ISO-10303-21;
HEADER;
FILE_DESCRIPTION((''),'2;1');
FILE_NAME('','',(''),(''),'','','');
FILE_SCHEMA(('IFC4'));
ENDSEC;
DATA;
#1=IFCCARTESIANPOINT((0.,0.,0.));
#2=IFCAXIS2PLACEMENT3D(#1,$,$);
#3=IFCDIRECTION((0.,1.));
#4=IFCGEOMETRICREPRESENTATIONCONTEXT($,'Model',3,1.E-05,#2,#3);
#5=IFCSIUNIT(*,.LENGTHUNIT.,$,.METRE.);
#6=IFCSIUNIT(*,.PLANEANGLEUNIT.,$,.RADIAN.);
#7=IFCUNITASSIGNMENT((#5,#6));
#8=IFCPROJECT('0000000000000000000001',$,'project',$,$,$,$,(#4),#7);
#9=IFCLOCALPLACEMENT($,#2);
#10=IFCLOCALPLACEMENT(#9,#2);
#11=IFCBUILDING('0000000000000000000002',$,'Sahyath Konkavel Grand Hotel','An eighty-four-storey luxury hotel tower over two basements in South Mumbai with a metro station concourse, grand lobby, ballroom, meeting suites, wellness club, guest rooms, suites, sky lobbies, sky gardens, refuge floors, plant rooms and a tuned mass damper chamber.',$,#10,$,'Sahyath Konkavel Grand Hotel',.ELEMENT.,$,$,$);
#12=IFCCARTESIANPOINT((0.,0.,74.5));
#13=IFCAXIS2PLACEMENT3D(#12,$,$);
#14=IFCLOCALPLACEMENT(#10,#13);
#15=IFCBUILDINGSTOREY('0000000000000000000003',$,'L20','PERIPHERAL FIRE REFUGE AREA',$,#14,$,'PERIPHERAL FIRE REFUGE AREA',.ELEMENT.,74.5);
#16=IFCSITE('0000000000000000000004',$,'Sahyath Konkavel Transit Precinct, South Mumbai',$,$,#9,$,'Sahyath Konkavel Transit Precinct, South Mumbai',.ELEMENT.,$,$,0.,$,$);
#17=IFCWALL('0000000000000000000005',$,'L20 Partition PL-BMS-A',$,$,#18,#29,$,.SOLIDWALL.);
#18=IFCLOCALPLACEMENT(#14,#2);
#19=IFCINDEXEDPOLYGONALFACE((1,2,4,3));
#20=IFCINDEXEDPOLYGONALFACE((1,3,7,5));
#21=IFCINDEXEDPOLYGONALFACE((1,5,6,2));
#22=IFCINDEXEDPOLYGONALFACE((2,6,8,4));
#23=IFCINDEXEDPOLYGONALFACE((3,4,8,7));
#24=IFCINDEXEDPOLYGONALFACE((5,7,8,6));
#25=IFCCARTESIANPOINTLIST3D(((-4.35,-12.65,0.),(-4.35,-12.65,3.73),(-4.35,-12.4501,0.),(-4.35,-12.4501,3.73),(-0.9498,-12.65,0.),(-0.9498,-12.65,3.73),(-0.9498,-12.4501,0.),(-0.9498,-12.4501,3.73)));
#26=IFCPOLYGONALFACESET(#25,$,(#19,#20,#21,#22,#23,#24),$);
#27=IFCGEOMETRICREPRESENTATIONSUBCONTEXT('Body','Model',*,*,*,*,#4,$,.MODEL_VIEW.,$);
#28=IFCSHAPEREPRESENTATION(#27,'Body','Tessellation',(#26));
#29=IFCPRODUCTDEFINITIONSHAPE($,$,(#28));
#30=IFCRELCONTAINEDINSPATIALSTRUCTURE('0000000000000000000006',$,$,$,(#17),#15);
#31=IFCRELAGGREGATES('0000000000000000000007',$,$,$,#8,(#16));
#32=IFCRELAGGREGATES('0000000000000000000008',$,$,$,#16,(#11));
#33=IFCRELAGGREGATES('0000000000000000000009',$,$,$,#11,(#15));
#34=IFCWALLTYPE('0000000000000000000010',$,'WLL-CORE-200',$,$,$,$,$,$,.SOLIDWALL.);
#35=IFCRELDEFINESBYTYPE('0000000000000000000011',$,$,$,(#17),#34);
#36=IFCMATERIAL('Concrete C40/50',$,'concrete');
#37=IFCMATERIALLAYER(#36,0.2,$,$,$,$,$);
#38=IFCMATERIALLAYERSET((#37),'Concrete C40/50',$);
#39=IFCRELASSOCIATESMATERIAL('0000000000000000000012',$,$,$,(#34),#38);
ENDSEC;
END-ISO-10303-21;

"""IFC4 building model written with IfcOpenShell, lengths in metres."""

from ifc_helpers import new_model, si_unit, direction, frame, frame_2d, origin, place, context, subcontext, project, spatial, rectangle, extrude, material, layer, layer_set, type_object, element, save


model = new_model("IFC4")

# Units and contexts
model_context = context("Model", 3, precision=1e-05, world=origin(), true_north=direction((0.0, 1.0)))
body_context = subcontext(model_context, "Body", "Model", "MODEL_VIEW")
ifc_project = project(units=[si_unit("LENGTHUNIT", "METRE"), si_unit("PLANEANGLEUNIT", "RADIAN")], contexts=[model_context])

# Site, building, storey
site_placement = place(None, origin())
site = spatial("IfcSite", under=ifc_project, at=site_placement, Name="Sahyath Konkavel Transit Precinct, South Mumbai", LongName="Sahyath Konkavel Transit Precinct, South Mumbai", CompositionType="ELEMENT", RefElevation=0.0)
building_placement = place(site_placement, origin())
building = spatial("IfcBuilding", under=site, at=building_placement, Name="Sahyath Konkavel Grand Hotel", Description="An eighty-four-storey luxury hotel tower over two basements in South Mumbai with a metro station concourse, grand lobby, ballroom, meeting suites, wellness club, guest rooms, suites, sky lobbies, sky gardens, refuge floors, plant rooms and a tuned mass damper chamber.", LongName="Sahyath Konkavel Grand Hotel", CompositionType="ELEMENT")
storey_placement = place(building_placement, frame((0.0, 0.0, 74.5)))
storey = spatial("IfcBuildingStorey", under=building, at=storey_placement, Name="L20", Description="PERIPHERAL FIRE REFUGE AREA", LongName="PERIPHERAL FIRE REFUGE AREA", CompositionType="ELEMENT", Elevation=74.5)

# Shared definitions
ifc_material_1 = material(Name="Concrete C40/50", Category="concrete")
ifc_layer_1 = layer(ifc_material_1, 0.2)
ifc_layer_set_1 = layer_set([ifc_layer_1], Name="Concrete C40/50")
wall_type = type_object("IfcWallType", Name="WLL-CORE-200", PredefinedType="SOLIDWALL", material=ifc_layer_set_1)

# Wall
wall_1_placement = place(storey_placement, frame((-4.3501, -12.55, 0.0), z_axis=(0.0, 0.0, 1.0), x_axis=(1.0, 0.0, 0.0)))
element("IfcWall", 1, at=wall_1_placement, inside=storey, type_object=wall_type, Name="L20 Partition PL-BMS-A", PredefinedType="SOLIDWALL", context=body_context, shape_type="SweptSolid", body=[
    extrude(rectangle(XDim=3.4001, YDim=0.2, at=frame_2d((1.7002, 0.0))), origin(), (0.0, 0.0, 1.0), 3.73),
])

save(model, "model.ifc")
